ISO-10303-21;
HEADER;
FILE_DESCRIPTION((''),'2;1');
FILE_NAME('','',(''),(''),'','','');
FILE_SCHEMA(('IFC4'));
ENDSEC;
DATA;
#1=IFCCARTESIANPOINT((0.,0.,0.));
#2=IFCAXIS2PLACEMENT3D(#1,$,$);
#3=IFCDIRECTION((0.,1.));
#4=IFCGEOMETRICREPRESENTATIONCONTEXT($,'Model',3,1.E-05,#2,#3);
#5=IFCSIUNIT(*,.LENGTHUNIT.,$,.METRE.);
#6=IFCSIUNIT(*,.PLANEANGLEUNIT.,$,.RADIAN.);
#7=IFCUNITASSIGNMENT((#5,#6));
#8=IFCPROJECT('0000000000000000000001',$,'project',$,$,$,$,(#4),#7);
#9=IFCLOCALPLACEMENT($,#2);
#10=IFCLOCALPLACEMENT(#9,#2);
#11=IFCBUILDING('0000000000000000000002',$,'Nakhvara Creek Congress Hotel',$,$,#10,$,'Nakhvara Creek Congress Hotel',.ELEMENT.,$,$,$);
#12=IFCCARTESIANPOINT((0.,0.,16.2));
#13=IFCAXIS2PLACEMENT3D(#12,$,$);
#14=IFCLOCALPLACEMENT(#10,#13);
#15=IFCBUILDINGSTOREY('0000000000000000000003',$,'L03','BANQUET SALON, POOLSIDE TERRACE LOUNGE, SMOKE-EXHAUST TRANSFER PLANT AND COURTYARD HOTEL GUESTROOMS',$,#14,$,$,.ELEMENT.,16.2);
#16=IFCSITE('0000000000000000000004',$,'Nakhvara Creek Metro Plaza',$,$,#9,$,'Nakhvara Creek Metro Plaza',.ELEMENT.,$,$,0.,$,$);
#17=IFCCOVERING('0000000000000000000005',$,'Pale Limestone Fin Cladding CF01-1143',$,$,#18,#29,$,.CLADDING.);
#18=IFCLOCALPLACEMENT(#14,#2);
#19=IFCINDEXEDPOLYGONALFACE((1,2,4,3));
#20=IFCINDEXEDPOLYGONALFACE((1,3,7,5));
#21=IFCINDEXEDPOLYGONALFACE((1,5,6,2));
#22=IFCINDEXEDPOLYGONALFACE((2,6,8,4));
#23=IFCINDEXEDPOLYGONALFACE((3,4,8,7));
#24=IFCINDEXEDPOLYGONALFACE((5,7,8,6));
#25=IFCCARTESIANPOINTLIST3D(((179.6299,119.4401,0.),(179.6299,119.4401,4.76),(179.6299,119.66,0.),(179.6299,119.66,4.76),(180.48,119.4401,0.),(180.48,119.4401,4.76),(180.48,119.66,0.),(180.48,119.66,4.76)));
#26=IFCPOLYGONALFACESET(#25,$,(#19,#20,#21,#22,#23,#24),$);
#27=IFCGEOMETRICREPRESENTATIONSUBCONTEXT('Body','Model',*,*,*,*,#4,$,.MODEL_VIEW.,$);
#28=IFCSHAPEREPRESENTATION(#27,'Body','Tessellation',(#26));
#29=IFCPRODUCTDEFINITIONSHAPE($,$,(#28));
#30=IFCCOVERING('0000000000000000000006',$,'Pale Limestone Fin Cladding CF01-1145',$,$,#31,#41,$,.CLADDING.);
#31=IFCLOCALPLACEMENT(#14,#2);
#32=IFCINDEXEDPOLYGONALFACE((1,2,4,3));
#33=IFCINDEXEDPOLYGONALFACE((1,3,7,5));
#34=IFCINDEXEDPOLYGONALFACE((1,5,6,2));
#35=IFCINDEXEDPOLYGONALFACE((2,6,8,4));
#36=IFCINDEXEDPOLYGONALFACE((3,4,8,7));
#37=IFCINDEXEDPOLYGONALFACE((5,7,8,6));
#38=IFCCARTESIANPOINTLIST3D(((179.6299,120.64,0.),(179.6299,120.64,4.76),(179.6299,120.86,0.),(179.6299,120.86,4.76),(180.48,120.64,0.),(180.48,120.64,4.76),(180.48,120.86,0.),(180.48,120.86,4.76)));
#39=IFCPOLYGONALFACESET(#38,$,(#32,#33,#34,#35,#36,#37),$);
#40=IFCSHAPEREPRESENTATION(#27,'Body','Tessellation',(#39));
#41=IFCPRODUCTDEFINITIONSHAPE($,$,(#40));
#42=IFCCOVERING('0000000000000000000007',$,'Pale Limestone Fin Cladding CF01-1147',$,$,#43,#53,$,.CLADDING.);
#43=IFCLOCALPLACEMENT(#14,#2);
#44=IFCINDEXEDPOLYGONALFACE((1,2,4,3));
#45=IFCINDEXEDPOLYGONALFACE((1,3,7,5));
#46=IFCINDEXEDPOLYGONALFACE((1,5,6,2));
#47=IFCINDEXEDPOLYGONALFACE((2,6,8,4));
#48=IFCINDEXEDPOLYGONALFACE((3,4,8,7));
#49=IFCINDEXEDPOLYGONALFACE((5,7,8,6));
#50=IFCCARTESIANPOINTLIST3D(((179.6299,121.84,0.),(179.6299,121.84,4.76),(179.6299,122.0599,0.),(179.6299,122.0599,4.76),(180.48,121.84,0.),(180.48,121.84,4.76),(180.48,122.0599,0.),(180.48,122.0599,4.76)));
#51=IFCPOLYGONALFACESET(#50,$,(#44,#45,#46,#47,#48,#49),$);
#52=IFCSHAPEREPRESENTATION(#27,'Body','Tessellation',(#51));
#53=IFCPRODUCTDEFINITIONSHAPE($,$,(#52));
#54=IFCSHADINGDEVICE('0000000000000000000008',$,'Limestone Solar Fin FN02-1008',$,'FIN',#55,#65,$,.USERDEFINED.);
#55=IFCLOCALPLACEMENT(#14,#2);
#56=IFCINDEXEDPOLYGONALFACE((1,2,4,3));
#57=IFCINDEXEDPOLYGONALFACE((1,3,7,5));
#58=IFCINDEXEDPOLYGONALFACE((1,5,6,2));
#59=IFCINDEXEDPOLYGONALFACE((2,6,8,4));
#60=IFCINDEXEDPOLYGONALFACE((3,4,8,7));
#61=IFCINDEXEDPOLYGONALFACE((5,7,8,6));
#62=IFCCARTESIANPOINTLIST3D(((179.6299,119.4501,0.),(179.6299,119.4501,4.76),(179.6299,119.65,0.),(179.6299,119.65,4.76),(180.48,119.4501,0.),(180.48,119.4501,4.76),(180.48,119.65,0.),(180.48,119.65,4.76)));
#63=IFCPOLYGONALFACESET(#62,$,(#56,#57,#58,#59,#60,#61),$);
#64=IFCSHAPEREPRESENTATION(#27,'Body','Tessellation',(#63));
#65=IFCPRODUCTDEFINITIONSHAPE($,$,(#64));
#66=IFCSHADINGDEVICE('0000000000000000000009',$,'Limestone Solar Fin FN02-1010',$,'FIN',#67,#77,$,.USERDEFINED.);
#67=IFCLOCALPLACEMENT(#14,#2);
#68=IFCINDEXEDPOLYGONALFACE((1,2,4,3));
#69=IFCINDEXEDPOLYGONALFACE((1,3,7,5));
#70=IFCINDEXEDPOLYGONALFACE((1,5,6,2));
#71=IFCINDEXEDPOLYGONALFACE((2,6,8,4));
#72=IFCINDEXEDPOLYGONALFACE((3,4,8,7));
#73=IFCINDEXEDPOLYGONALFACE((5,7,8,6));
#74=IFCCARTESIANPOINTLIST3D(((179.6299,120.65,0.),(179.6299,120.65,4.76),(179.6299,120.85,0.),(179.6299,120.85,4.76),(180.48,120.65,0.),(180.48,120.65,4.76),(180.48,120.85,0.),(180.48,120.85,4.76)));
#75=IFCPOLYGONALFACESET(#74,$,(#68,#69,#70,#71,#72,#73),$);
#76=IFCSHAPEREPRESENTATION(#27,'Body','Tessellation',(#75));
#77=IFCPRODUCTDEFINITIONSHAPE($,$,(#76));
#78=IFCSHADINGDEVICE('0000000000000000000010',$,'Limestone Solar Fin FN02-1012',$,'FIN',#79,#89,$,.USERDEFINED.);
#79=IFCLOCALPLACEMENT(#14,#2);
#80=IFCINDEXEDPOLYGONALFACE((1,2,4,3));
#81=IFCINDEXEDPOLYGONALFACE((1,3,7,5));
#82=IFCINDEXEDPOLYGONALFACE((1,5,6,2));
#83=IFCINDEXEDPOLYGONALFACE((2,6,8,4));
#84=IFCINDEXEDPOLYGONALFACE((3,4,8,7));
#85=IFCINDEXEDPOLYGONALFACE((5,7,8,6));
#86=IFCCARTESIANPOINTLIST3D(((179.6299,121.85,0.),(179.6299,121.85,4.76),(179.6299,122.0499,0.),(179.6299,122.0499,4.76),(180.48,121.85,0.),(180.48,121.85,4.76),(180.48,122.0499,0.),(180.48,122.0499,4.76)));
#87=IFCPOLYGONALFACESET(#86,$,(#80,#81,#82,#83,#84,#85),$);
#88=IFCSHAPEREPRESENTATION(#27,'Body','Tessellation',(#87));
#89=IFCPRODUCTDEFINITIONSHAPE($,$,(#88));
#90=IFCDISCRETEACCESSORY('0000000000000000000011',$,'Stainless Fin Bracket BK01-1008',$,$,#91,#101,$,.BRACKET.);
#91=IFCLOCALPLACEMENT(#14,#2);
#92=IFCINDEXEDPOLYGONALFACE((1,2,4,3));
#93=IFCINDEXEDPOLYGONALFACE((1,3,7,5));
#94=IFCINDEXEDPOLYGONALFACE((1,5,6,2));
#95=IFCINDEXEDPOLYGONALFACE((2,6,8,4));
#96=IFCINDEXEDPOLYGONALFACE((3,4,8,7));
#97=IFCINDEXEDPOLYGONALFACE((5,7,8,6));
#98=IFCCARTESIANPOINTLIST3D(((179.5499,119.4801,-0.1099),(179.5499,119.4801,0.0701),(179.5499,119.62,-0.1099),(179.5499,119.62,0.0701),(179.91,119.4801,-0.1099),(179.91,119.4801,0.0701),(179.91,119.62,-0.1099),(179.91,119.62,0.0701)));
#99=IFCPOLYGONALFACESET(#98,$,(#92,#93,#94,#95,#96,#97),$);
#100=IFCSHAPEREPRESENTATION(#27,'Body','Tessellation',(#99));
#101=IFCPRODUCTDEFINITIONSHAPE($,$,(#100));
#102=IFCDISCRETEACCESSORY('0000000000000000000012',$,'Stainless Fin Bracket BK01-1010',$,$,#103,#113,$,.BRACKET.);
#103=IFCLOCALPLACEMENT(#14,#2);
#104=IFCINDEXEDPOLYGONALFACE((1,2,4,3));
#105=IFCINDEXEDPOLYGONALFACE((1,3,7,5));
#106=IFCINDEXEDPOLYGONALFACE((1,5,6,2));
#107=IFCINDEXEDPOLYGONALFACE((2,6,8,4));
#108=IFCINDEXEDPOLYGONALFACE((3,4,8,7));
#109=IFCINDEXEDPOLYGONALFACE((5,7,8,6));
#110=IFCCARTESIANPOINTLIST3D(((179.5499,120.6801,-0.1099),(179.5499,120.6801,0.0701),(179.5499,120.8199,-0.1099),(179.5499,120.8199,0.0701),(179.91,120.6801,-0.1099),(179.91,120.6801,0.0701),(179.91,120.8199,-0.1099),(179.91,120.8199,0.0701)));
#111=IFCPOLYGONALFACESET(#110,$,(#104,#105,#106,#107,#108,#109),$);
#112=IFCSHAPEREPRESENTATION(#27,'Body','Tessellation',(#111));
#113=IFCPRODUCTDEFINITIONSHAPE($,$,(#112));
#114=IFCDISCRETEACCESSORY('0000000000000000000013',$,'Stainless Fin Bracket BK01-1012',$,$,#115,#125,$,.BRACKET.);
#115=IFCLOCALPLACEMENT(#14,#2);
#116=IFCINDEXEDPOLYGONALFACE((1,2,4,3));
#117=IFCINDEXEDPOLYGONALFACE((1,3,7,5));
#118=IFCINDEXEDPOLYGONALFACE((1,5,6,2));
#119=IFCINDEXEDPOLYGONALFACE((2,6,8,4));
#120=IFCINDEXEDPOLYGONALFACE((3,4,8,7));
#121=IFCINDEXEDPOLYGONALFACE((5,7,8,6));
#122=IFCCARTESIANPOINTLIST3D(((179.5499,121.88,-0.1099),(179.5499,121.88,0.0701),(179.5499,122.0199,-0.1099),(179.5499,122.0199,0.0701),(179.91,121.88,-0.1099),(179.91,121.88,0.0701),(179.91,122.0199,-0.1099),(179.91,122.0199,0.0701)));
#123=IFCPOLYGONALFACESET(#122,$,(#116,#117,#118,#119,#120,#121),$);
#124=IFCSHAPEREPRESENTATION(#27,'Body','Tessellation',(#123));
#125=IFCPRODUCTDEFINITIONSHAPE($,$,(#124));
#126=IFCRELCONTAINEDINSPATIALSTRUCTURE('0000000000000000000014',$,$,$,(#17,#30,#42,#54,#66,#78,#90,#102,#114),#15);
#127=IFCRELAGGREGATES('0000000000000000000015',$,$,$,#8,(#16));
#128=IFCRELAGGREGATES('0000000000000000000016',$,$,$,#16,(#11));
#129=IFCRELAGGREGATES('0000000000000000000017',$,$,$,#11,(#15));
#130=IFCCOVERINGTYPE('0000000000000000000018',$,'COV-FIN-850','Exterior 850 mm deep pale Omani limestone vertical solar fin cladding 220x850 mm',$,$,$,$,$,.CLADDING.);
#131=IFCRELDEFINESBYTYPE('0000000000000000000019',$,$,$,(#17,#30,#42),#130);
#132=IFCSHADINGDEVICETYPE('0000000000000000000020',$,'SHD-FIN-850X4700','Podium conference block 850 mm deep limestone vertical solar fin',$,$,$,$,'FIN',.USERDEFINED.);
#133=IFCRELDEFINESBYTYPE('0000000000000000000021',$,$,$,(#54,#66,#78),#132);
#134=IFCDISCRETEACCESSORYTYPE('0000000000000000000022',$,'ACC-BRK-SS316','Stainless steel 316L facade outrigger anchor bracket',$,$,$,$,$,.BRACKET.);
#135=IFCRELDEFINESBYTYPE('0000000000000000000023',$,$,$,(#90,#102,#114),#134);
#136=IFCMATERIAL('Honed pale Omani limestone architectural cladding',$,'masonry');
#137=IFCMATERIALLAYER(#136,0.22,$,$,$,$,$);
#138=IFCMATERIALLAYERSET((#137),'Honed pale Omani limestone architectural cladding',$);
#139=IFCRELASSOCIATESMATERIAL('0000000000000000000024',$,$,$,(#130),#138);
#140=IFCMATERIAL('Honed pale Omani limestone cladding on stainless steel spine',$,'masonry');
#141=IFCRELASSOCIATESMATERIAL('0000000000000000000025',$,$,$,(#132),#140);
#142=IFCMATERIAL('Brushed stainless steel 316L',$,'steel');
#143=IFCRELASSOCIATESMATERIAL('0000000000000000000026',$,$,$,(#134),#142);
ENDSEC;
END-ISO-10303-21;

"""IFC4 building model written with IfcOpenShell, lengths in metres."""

from ifc_helpers import new_model, si_unit, direction, frame, origin, origin_2d, place, context, subcontext, project, spatial, rectangle, extrude, material, layer, layer_set, type_object, element, save


model = new_model("IFC4")

# Units and contexts
model_context = context("Model", 3, precision=1e-05, world=origin(), true_north=direction((0.0, 1.0)))
body_context = subcontext(model_context, "Body", "Model", "MODEL_VIEW")
ifc_project = project(units=[si_unit("LENGTHUNIT", "METRE"), si_unit("PLANEANGLEUNIT", "RADIAN")], contexts=[model_context])

# Site, building, storey
site_placement = place(None, origin())
site = spatial("IfcSite", under=ifc_project, at=site_placement, Name="Nakhvara Creek Metro Plaza", LongName="Nakhvara Creek Metro Plaza", CompositionType="ELEMENT", RefElevation=0.0)
building_placement = place(site_placement, origin())
building = spatial("IfcBuilding", under=site, at=building_placement, Name="Nakhvara Creek Congress Hotel", LongName="Nakhvara Creek Congress Hotel", CompositionType="ELEMENT")
storey_placement = place(building_placement, frame((0.0, 0.0, 16.2)))
storey = spatial("IfcBuildingStorey", under=building, at=storey_placement, Name="L03", Description="BANQUET SALON, POOLSIDE TERRACE LOUNGE, SMOKE-EXHAUST TRANSFER PLANT AND COURTYARD HOTEL GUESTROOMS", CompositionType="ELEMENT", Elevation=16.2)

# Coverings
ifc_material_1 = material(Name="Honed pale Omani limestone architectural cladding", Category="masonry")
ifc_layer_1 = layer(ifc_material_1, 0.22)
ifc_layer_set_1 = layer_set([ifc_layer_1], Name="Honed pale Omani limestone architectural cladding")
covering_type = type_object("IfcCoveringType", Name="COV-FIN-850", Description="Exterior 850 mm deep pale Omani limestone vertical solar fin cladding 220x850 mm", PredefinedType="CLADDING", material=ifc_layer_set_1)
for number, where, z_axis, x_axis, name in (
    (1, (180.0549, 119.55, 0.0), (0.0, 0.0, 1.0), (0.0, 1.0, 0.0), "Pale Limestone Fin Cladding CF01-1143"),
    (2, (180.0549, 120.75, 0.0), (0.0, 0.0, 1.0), (0.0, 1.0, 0.0), "Pale Limestone Fin Cladding CF01-1145"),
    (3, (180.0549, 121.95, 0.0), (0.0, 0.0, 1.0), (0.0, 1.0, 0.0), "Pale Limestone Fin Cladding CF01-1147"),
):
    element("IfcCovering", number, at=place(storey_placement, frame(where, z_axis=z_axis, x_axis=x_axis)), inside=storey, type_object=covering_type, Name=name, PredefinedType="CLADDING", context=body_context, shape_type="SweptSolid", body=[
        extrude(rectangle(XDim=0.22, YDim=0.8501, at=origin_2d()), origin(), (0.0, 0.0, 1.0), 4.76),
    ])

# Shading devices
ifc_material_2 = material(Name="Honed pale Omani limestone cladding on stainless steel spine", Category="masonry")
shading_device_type = type_object("IfcShadingDeviceType", Name="SHD-FIN-850X4700", Description="Podium conference block 850 mm deep limestone vertical solar fin", ElementType="FIN", PredefinedType="USERDEFINED", material=ifc_material_2)
for number, where, z_axis, x_axis, name in (
    (4, (180.0549, 119.55, 0.0), (0.0, 0.0, 1.0), (0.0, 1.0, 0.0), "Limestone Solar Fin FN02-1008"),
    (5, (180.0549, 120.75, 0.0), (0.0, 0.0, 1.0), (0.0, 1.0, 0.0), "Limestone Solar Fin FN02-1010"),
    (6, (180.0549, 121.95, 0.0), (0.0, 0.0, 1.0), (0.0, 1.0, 0.0), "Limestone Solar Fin FN02-1012"),
):
    element("IfcShadingDevice", number, at=place(storey_placement, frame(where, z_axis=z_axis, x_axis=x_axis)), inside=storey, type_object=shading_device_type, Name=name, ObjectType="FIN", PredefinedType="USERDEFINED", context=body_context, shape_type="SweptSolid", body=[
        extrude(rectangle(XDim=0.2, YDim=0.8501, at=origin_2d()), origin(), (0.0, 0.0, 1.0), 4.76),
    ])

# Discrete accessories
ifc_material_3 = material(Name="Brushed stainless steel 316L", Category="steel")
discrete_accessory_type = type_object("IfcDiscreteAccessoryType", Name="ACC-BRK-SS316", Description="Stainless steel 316L facade outrigger anchor bracket", PredefinedType="BRACKET", material=ifc_material_3)
for number, where, z_axis, x_axis, name in (
    (7, (179.73, 119.55, -0.1099), (0.0, 0.0, 1.0), (0.0, 1.0, 0.0), "Stainless Fin Bracket BK01-1008"),
    (8, (179.73, 120.75, -0.1099), (0.0, 0.0, 1.0), (0.0, 1.0, 0.0), "Stainless Fin Bracket BK01-1010"),
    (9, (179.73, 121.95, -0.1099), (0.0, 0.0, 1.0), (0.0, 1.0, 0.0), "Stainless Fin Bracket BK01-1012"),
):
    element("IfcDiscreteAccessory", number, at=place(storey_placement, frame(where, z_axis=z_axis, x_axis=x_axis)), inside=storey, type_object=discrete_accessory_type, Name=name, PredefinedType="BRACKET", context=body_context, shape_type="SweptSolid", body=[
        extrude(rectangle(XDim=0.1399, YDim=0.3601, at=origin_2d()), origin(), (0.0, 0.0, 1.0), 0.1799),
    ])

save(model, "model.ifc")
